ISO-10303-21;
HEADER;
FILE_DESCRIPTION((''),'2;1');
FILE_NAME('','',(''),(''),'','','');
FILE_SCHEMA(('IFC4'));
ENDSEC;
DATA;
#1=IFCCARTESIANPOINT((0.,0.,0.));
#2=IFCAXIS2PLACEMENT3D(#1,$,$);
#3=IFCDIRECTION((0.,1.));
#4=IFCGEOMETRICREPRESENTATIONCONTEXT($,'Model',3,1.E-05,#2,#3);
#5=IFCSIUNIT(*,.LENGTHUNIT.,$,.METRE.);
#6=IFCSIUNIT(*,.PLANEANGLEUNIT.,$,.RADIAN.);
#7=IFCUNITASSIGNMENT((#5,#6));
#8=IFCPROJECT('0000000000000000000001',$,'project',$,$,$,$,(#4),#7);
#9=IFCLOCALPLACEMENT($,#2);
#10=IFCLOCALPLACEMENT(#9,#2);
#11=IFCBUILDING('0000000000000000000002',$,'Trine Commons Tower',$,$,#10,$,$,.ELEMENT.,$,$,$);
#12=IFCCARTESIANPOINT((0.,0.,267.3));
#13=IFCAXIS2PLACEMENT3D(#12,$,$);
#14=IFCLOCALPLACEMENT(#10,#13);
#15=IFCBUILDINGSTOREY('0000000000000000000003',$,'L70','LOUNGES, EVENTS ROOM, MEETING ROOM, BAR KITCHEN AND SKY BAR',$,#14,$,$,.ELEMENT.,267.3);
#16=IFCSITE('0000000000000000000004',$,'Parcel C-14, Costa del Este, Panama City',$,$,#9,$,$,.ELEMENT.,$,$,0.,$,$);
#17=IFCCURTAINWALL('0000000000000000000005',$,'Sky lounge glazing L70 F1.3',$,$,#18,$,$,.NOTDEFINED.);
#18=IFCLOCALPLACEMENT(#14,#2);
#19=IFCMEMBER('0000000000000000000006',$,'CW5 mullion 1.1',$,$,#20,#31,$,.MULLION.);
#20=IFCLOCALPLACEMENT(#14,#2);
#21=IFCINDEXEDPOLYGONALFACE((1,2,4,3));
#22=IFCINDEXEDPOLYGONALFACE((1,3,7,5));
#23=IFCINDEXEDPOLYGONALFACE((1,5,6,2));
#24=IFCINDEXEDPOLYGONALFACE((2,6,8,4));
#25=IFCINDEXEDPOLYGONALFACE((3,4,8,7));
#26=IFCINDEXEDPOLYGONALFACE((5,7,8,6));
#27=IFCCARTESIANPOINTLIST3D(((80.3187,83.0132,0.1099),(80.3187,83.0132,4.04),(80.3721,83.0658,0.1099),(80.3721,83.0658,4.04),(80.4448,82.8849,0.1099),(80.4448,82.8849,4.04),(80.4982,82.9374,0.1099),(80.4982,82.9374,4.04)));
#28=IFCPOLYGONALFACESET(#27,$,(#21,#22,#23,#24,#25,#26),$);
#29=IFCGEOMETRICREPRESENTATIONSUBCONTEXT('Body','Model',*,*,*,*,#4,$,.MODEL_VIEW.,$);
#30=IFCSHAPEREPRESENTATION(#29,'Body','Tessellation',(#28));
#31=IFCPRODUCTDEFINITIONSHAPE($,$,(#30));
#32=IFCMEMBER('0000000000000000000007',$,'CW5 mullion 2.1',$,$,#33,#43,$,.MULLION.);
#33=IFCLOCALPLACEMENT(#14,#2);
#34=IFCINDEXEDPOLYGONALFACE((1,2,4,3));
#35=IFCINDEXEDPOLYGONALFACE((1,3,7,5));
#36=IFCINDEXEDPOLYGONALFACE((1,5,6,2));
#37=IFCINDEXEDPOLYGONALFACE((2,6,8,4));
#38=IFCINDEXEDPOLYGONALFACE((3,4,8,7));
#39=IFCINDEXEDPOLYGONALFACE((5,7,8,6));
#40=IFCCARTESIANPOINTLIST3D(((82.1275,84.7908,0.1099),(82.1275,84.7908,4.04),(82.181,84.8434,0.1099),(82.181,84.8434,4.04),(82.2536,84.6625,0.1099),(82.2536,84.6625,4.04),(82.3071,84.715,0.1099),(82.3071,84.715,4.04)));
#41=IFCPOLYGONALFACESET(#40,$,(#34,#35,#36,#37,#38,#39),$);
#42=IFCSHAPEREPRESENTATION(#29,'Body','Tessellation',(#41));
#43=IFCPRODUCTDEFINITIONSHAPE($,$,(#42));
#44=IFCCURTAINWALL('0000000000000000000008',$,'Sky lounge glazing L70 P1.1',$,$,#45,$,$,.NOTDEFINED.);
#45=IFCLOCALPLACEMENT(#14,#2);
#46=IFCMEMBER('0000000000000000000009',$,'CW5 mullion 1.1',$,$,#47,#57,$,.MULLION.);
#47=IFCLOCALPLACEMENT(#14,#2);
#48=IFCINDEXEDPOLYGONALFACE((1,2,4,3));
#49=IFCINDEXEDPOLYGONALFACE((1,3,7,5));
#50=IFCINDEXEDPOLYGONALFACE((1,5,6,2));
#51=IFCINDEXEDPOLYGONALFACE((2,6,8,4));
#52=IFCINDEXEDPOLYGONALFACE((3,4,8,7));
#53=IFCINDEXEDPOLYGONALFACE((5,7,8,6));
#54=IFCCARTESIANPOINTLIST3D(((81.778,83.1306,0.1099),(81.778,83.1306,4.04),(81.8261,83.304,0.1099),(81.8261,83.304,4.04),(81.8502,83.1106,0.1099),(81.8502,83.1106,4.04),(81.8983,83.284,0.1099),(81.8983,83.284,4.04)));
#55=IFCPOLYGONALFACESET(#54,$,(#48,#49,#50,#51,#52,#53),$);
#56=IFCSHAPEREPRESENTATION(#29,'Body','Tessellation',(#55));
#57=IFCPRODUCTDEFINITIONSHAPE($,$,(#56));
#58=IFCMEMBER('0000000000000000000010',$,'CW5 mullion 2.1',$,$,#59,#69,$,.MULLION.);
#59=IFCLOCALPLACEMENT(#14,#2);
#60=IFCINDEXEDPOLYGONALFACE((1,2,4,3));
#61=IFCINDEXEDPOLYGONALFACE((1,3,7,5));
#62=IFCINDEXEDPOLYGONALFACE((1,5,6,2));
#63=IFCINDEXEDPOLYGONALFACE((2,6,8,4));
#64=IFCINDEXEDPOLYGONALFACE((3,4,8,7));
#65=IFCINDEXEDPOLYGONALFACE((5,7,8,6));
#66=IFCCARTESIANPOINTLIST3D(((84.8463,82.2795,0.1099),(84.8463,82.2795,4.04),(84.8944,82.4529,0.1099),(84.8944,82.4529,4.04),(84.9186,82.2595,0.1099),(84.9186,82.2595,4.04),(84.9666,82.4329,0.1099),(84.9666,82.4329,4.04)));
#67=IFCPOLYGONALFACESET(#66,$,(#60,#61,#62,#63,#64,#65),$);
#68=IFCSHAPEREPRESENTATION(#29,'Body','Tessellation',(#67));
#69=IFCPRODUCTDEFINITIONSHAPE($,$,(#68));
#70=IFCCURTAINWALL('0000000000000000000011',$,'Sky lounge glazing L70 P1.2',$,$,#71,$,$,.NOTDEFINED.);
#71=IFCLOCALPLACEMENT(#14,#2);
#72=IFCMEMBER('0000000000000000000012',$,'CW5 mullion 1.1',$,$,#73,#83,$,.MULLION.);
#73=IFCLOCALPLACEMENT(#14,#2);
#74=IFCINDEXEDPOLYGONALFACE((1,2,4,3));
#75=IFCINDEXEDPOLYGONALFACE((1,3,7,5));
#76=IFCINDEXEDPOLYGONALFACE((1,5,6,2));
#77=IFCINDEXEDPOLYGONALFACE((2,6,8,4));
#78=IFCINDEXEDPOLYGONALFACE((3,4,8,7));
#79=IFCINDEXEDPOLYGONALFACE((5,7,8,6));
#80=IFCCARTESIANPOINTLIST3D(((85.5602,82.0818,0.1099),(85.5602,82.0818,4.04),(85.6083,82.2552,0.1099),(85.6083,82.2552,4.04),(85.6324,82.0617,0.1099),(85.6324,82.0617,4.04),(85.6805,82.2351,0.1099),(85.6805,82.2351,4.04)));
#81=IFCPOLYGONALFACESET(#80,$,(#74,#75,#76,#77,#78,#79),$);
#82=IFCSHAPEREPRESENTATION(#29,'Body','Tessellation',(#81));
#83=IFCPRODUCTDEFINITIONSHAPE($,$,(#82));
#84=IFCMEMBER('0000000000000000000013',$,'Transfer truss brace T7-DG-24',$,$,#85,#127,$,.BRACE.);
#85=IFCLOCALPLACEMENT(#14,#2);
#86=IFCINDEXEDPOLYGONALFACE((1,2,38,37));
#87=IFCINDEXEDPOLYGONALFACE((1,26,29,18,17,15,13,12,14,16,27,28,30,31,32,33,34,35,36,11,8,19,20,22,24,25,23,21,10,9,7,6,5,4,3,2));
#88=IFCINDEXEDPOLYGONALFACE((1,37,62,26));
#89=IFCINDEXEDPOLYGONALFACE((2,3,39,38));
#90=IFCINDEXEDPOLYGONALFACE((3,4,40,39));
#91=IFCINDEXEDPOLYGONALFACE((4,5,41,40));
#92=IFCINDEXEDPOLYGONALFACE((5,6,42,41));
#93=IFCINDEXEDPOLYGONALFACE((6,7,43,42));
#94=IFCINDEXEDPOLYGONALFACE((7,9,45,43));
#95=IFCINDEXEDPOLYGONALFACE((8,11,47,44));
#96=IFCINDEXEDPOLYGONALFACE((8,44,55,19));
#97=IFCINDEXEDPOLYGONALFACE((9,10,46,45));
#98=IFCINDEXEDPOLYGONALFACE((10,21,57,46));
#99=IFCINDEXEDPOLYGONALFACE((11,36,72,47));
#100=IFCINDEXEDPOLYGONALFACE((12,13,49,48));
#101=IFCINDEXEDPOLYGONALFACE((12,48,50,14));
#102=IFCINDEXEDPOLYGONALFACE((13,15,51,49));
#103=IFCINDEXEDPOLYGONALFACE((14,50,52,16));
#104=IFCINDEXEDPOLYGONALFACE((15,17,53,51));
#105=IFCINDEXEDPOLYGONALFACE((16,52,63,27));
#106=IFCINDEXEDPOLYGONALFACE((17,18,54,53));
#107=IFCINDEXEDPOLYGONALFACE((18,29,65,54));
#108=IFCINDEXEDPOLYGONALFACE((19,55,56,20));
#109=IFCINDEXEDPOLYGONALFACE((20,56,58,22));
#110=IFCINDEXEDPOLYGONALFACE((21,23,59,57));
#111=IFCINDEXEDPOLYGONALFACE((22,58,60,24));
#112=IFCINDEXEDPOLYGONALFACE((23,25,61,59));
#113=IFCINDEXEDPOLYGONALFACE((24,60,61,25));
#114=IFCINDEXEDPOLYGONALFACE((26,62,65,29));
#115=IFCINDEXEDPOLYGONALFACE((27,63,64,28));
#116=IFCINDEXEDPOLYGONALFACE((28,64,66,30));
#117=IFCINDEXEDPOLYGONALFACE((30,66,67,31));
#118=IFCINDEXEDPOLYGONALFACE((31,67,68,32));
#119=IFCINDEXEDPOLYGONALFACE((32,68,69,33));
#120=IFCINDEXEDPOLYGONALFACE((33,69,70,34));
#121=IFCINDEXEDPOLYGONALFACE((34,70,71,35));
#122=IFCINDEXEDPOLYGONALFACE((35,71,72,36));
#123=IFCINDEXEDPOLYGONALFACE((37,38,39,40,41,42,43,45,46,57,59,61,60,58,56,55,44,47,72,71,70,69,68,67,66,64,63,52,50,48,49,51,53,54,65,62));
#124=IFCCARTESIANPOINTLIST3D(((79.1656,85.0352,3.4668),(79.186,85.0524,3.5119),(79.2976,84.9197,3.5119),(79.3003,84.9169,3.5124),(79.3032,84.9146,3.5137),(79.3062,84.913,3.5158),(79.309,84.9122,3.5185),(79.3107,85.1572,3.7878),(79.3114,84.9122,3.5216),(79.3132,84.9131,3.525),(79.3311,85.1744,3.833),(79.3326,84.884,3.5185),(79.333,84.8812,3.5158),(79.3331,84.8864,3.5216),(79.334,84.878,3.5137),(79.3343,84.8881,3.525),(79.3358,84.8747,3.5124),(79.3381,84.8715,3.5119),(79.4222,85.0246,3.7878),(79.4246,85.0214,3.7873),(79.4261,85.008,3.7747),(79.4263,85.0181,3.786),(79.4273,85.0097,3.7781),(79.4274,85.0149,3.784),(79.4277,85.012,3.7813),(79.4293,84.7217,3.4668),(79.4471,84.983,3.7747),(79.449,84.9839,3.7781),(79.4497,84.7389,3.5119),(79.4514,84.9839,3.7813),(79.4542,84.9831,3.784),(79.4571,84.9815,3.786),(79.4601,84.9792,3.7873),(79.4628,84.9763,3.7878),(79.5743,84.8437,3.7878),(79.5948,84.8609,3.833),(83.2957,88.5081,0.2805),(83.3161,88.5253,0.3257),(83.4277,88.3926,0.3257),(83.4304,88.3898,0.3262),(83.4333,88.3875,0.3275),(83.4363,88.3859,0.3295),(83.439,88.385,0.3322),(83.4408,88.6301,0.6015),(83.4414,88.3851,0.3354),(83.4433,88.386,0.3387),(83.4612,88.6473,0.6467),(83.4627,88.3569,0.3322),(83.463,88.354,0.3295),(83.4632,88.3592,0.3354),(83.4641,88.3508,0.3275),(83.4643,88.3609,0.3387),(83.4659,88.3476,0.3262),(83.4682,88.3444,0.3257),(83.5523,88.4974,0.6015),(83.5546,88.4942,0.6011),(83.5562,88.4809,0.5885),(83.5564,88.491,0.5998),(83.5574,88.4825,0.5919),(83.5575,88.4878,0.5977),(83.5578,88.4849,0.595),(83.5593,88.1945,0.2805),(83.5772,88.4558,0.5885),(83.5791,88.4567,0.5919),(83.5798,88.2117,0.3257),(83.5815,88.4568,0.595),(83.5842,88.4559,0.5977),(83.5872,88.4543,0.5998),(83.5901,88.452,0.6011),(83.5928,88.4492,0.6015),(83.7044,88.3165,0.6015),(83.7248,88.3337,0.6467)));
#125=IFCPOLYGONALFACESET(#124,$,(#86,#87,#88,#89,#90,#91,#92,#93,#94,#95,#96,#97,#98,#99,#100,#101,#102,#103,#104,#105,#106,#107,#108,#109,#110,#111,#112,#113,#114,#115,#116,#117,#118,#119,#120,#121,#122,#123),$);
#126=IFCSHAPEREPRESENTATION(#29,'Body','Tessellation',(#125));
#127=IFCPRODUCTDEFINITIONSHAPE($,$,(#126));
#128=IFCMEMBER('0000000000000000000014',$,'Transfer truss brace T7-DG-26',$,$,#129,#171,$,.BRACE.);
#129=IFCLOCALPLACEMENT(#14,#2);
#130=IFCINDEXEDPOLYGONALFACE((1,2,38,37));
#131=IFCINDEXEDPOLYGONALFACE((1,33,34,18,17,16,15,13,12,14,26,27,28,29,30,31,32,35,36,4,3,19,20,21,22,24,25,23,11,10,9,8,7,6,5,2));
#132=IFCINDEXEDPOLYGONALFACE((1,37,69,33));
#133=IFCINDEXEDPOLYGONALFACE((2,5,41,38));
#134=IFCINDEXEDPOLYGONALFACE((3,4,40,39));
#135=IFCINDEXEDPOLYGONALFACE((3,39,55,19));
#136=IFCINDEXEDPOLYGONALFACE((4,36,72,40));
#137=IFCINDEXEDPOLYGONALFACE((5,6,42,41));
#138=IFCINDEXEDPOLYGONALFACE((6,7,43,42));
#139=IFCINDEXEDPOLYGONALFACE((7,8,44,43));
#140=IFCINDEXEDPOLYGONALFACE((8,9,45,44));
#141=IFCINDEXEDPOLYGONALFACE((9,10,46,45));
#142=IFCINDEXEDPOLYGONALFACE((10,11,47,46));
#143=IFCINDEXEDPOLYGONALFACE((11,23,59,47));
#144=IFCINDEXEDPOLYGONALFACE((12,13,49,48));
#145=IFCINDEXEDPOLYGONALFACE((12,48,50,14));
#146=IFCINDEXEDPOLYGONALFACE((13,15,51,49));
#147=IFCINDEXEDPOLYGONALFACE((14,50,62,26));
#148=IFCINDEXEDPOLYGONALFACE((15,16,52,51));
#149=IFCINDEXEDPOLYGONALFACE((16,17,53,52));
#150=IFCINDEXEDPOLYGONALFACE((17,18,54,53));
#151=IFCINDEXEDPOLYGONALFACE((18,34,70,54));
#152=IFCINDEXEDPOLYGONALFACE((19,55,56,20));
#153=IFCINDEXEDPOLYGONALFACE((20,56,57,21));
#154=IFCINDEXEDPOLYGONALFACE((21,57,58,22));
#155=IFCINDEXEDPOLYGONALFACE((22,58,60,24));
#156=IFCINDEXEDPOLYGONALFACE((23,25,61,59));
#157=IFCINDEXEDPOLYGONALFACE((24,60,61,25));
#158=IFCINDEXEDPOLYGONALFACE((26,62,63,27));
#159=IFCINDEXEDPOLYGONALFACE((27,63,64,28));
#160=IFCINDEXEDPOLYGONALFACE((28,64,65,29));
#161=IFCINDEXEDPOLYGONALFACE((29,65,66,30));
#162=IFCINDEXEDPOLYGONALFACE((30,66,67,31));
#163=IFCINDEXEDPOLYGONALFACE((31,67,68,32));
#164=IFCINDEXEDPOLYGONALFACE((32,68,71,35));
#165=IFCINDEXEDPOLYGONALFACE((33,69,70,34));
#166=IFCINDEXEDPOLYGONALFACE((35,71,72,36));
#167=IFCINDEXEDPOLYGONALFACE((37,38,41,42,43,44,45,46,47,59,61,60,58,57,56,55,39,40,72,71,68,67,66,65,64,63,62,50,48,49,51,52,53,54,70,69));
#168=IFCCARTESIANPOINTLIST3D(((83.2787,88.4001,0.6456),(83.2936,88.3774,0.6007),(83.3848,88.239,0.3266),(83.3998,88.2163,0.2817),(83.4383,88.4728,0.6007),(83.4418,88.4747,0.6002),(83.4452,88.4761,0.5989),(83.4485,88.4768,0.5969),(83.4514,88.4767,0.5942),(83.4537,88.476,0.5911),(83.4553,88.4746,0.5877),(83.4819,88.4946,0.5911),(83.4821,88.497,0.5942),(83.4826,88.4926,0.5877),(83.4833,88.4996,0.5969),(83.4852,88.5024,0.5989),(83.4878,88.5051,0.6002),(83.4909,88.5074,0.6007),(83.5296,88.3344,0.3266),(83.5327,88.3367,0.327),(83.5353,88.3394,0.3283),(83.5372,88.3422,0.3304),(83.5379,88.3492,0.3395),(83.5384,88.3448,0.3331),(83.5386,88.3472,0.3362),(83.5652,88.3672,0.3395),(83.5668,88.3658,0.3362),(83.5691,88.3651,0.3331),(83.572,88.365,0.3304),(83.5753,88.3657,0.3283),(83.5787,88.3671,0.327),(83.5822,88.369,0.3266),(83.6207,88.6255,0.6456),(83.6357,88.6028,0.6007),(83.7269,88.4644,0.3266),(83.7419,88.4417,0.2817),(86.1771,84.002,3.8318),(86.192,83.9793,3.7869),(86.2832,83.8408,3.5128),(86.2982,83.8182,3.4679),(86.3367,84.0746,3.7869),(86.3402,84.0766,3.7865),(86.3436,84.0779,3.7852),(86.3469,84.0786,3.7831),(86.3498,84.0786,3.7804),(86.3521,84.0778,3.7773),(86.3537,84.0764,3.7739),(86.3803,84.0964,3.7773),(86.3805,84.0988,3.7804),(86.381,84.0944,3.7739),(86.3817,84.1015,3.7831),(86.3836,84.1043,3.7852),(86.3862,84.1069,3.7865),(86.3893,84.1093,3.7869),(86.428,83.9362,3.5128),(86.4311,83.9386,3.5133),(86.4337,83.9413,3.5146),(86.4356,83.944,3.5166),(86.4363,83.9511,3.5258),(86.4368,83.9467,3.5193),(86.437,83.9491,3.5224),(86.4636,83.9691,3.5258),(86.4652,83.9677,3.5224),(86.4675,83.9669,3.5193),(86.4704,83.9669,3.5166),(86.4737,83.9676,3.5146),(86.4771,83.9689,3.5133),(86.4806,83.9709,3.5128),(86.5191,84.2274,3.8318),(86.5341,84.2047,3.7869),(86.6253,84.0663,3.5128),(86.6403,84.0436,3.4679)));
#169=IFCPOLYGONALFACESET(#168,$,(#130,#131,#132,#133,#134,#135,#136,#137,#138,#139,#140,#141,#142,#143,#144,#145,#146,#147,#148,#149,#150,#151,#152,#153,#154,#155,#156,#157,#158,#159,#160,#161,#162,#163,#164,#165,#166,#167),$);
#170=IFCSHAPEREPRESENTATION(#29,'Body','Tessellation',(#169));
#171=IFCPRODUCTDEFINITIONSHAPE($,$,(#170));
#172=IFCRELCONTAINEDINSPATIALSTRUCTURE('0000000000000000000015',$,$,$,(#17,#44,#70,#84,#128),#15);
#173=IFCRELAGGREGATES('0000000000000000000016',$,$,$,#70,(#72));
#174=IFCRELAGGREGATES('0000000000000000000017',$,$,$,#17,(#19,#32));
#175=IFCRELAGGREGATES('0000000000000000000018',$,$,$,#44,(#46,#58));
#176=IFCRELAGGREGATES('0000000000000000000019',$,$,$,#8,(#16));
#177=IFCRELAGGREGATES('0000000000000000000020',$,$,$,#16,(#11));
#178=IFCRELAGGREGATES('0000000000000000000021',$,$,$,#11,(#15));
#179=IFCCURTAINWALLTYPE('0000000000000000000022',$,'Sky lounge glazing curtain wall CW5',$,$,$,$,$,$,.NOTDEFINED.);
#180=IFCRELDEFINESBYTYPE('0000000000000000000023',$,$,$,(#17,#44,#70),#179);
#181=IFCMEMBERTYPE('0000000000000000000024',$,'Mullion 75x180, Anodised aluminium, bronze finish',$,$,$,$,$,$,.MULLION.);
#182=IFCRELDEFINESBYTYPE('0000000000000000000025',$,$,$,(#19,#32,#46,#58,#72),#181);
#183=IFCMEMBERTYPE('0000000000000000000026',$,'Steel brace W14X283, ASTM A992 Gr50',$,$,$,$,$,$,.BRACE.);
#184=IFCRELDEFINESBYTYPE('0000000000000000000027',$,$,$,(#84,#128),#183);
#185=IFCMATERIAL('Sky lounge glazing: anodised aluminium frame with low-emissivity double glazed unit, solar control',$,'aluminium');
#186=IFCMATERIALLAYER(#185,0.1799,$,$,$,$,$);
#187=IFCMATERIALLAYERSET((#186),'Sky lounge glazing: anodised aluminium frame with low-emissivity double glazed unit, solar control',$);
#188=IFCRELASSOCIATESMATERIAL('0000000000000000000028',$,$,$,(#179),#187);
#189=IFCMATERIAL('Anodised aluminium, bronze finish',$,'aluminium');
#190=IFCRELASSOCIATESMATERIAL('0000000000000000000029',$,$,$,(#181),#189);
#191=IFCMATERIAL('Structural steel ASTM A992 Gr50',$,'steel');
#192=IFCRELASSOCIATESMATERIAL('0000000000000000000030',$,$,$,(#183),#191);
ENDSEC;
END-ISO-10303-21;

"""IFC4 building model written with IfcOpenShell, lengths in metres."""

from ifc_helpers import new_model, si_unit, direction, frame, origin, origin_2d, place, context, subcontext, project, spatial, rectangle, i_section, extrude, material, layer, layer_set, material_profile, profile_set, type_object, element, aggregate, save


model = new_model("IFC4")

# Units and contexts
model_context = context("Model", 3, precision=1e-05, world=origin(), true_north=direction((0.0, 1.0)))
body_context = subcontext(model_context, "Body", "Model", "MODEL_VIEW")
ifc_project = project(units=[si_unit("LENGTHUNIT", "METRE"), si_unit("PLANEANGLEUNIT", "RADIAN")], contexts=[model_context])

# Site, building, storey
site_placement = place(None, origin())
site = spatial("IfcSite", under=ifc_project, at=site_placement, Name="Parcel C-14, Costa del Este, Panama City", CompositionType="ELEMENT", RefElevation=0.0)
building_placement = place(site_placement, origin())
building = spatial("IfcBuilding", under=site, at=building_placement, Name="Trine Commons Tower", CompositionType="ELEMENT")
storey_placement = place(building_placement, frame((0.0, 0.0, 267.3)))
storey = spatial("IfcBuildingStorey", under=building, at=storey_placement, Name="L70", Description="LOUNGES, EVENTS ROOM, MEETING ROOM, BAR KITCHEN AND SKY BAR", CompositionType="ELEMENT", Elevation=267.3)

# Curtain walls, members
ifc_material_1 = material(Name="Sky lounge glazing: anodised aluminium frame with low-emissivity double glazed unit, solar control", Category="aluminium")
ifc_layer_1 = layer(ifc_material_1, 0.1799)
ifc_layer_set_1 = layer_set([ifc_layer_1], Name="Sky lounge glazing: anodised aluminium frame with low-emissivity double glazed unit, solar control")
curtain_wall_type = type_object("IfcCurtainWallType", Name="Sky lounge glazing curtain wall CW5", PredefinedType="NOTDEFINED", material=ifc_layer_set_1)
curtain_wall_1_placement = place(storey_placement, origin())
curtain_wall_1 = element("IfcCurtainWall", 1, at=curtain_wall_1_placement, inside=storey, type_object=curtain_wall_type, Name="Sky lounge glazing L70 F1.3", PredefinedType="NOTDEFINED")
ifc_material_2 = material(Name="Anodised aluminium, bronze finish", Category="aluminium")
ifc_material_profile_1 = material_profile(ifc_material_2, rectangle(XDim=0.1799, YDim=0.075, at=origin_2d()), Name="Mullion 75x180")
ifc_profile_set_1 = profile_set([ifc_material_profile_1], Name="Anodised aluminium, bronze finish")
member_type_1 = type_object("IfcMemberType", Name="Mullion 75x180, Anodised aluminium, bronze finish", PredefinedType="MULLION", material=ifc_profile_set_1)
member_1_placement = place(storey_placement, frame((80.4084, 82.9753, 0.1099), z_axis=(0.0, 0.0, 1.0), x_axis=(-0.700909, 0.71325, 0.0)))
member_1 = element("IfcMember", 2, at=member_1_placement, type_object=member_type_1, Name="CW5 mullion 1.1", PredefinedType="MULLION", context=body_context, shape_type="SweptSolid", body=[
    extrude(rectangle(XDim=0.1799, YDim=0.075, at=origin_2d()), origin(), (0.0, 0.0, 1.0), 3.9302),
])
member_2_placement = place(storey_placement, frame((82.2173, 84.7529, 0.1099), z_axis=(0.0, 0.0, 1.0), x_axis=(-0.700909, 0.71325, 0.0)))
member_2 = element("IfcMember", 3, at=member_2_placement, type_object=member_type_1, Name="CW5 mullion 2.1", PredefinedType="MULLION", context=body_context, shape_type="SweptSolid", body=[
    extrude(rectangle(XDim=0.1799, YDim=0.075, at=origin_2d()), origin(), (0.0, 0.0, 1.0), 3.9302),
])
curtain_wall_2_placement = place(storey_placement, origin())
curtain_wall_2 = element("IfcCurtainWall", 4, at=curtain_wall_2_placement, inside=storey, type_object=curtain_wall_type, Name="Sky lounge glazing L70 P1.1", PredefinedType="NOTDEFINED")
member_3_placement = place(storey_placement, frame((81.8381, 83.2073, 0.1099), z_axis=(0.0, 0.0, 1.0), x_axis=(0.267238, 0.96363, 0.0)))
member_3 = element("IfcMember", 5, at=member_3_placement, type_object=member_type_1, Name="CW5 mullion 1.1", PredefinedType="MULLION", context=body_context, shape_type="SweptSolid", body=[
    extrude(rectangle(XDim=0.1799, YDim=0.075, at=origin_2d()), origin(), (0.0, 0.0, 1.0), 3.9302),
])
member_4_placement = place(storey_placement, frame((84.9065, 82.3562, 0.1099), z_axis=(0.0, 0.0, 1.0), x_axis=(0.267238, 0.96363, 0.0)))
member_4 = element("IfcMember", 6, at=member_4_placement, type_object=member_type_1, Name="CW5 mullion 2.1", PredefinedType="MULLION", context=body_context, shape_type="SweptSolid", body=[
    extrude(rectangle(XDim=0.1799, YDim=0.075, at=origin_2d()), origin(), (0.0, 0.0, 1.0), 3.9302),
])

# Curtain wall, member
curtain_wall_3_placement = place(storey_placement, origin())
curtain_wall_3 = element("IfcCurtainWall", 7, at=curtain_wall_3_placement, inside=storey, type_object=curtain_wall_type, Name="Sky lounge glazing L70 P1.2", PredefinedType="NOTDEFINED")
member_5_placement = place(storey_placement, frame((85.6204, 82.1584, 0.1099), z_axis=(0.0, 0.0, 1.0), x_axis=(0.267238, 0.96363, 0.0)))
member_5 = element("IfcMember", 8, at=member_5_placement, type_object=member_type_1, Name="CW5 mullion 1.1", PredefinedType="MULLION", context=body_context, shape_type="SweptSolid", body=[
    extrude(rectangle(XDim=0.1799, YDim=0.075, at=origin_2d()), origin(), (0.0, 0.0, 1.0), 3.9302),
])

# Members
ifc_material_3 = material(Name="Structural steel ASTM A992 Gr50", Category="steel")
ifc_material_profile_2 = material_profile(ifc_material_3, i_section(OverallWidth=0.4097, OverallDepth=0.4253, WebThickness=0.0327, FlangeThickness=0.0525, FilletRadius=0.0151, at=origin_2d()), Name="W14X283")
ifc_profile_set_2 = profile_set([ifc_material_profile_2], Name="Structural steel ASTM A992 Gr50")
member_type_2 = type_object("IfcMemberType", Name="Steel brace W14X283, ASTM A992 Gr50", PredefinedType="BRACE", material=ifc_profile_set_2)
member_6_placement = place(storey_placement, frame((83.5103, 88.4209, 0.4636), z_axis=(-0.659061, -0.554184, 0.508447), x_axis=(0.643582, -0.765377, 0.0)))
element("IfcMember", 9, at=member_6_placement, inside=storey, type_object=member_type_2, Name="Transfer truss brace T7-DG-24", PredefinedType="BRACE", context=body_context, shape_type="SweptSolid", body=[
    extrude(i_section(OverallWidth=0.4097, OverallDepth=0.4253, WebThickness=0.0327, FlangeThickness=0.0525, FilletRadius=0.0151, at=origin_2d()), origin(), (0.0, 0.0, 1.0), 6.2666),
])
member_7_placement = place(storey_placement, frame((83.5103, 88.4209, 0.4636), z_axis=(0.470825, -0.714446, 0.517582), x_axis=(0.834991, 0.550264, 0.0)))
element("IfcMember", 10, at=member_7_placement, inside=storey, type_object=member_type_2, Name="Transfer truss brace T7-DG-26", PredefinedType="BRACE", context=body_context, shape_type="SweptSolid", body=[
    extrude(i_section(OverallWidth=0.4097, OverallDepth=0.4253, WebThickness=0.0327, FlangeThickness=0.0525, FilletRadius=0.0151, at=origin_2d()), origin(), (0.0, 0.0, 1.0), 6.156),
])

aggregate(curtain_wall_3, [member_5])

aggregate(curtain_wall_1, [member_1, member_2])
aggregate(curtain_wall_2, [member_3, member_4])

save(model, "model.ifc")
